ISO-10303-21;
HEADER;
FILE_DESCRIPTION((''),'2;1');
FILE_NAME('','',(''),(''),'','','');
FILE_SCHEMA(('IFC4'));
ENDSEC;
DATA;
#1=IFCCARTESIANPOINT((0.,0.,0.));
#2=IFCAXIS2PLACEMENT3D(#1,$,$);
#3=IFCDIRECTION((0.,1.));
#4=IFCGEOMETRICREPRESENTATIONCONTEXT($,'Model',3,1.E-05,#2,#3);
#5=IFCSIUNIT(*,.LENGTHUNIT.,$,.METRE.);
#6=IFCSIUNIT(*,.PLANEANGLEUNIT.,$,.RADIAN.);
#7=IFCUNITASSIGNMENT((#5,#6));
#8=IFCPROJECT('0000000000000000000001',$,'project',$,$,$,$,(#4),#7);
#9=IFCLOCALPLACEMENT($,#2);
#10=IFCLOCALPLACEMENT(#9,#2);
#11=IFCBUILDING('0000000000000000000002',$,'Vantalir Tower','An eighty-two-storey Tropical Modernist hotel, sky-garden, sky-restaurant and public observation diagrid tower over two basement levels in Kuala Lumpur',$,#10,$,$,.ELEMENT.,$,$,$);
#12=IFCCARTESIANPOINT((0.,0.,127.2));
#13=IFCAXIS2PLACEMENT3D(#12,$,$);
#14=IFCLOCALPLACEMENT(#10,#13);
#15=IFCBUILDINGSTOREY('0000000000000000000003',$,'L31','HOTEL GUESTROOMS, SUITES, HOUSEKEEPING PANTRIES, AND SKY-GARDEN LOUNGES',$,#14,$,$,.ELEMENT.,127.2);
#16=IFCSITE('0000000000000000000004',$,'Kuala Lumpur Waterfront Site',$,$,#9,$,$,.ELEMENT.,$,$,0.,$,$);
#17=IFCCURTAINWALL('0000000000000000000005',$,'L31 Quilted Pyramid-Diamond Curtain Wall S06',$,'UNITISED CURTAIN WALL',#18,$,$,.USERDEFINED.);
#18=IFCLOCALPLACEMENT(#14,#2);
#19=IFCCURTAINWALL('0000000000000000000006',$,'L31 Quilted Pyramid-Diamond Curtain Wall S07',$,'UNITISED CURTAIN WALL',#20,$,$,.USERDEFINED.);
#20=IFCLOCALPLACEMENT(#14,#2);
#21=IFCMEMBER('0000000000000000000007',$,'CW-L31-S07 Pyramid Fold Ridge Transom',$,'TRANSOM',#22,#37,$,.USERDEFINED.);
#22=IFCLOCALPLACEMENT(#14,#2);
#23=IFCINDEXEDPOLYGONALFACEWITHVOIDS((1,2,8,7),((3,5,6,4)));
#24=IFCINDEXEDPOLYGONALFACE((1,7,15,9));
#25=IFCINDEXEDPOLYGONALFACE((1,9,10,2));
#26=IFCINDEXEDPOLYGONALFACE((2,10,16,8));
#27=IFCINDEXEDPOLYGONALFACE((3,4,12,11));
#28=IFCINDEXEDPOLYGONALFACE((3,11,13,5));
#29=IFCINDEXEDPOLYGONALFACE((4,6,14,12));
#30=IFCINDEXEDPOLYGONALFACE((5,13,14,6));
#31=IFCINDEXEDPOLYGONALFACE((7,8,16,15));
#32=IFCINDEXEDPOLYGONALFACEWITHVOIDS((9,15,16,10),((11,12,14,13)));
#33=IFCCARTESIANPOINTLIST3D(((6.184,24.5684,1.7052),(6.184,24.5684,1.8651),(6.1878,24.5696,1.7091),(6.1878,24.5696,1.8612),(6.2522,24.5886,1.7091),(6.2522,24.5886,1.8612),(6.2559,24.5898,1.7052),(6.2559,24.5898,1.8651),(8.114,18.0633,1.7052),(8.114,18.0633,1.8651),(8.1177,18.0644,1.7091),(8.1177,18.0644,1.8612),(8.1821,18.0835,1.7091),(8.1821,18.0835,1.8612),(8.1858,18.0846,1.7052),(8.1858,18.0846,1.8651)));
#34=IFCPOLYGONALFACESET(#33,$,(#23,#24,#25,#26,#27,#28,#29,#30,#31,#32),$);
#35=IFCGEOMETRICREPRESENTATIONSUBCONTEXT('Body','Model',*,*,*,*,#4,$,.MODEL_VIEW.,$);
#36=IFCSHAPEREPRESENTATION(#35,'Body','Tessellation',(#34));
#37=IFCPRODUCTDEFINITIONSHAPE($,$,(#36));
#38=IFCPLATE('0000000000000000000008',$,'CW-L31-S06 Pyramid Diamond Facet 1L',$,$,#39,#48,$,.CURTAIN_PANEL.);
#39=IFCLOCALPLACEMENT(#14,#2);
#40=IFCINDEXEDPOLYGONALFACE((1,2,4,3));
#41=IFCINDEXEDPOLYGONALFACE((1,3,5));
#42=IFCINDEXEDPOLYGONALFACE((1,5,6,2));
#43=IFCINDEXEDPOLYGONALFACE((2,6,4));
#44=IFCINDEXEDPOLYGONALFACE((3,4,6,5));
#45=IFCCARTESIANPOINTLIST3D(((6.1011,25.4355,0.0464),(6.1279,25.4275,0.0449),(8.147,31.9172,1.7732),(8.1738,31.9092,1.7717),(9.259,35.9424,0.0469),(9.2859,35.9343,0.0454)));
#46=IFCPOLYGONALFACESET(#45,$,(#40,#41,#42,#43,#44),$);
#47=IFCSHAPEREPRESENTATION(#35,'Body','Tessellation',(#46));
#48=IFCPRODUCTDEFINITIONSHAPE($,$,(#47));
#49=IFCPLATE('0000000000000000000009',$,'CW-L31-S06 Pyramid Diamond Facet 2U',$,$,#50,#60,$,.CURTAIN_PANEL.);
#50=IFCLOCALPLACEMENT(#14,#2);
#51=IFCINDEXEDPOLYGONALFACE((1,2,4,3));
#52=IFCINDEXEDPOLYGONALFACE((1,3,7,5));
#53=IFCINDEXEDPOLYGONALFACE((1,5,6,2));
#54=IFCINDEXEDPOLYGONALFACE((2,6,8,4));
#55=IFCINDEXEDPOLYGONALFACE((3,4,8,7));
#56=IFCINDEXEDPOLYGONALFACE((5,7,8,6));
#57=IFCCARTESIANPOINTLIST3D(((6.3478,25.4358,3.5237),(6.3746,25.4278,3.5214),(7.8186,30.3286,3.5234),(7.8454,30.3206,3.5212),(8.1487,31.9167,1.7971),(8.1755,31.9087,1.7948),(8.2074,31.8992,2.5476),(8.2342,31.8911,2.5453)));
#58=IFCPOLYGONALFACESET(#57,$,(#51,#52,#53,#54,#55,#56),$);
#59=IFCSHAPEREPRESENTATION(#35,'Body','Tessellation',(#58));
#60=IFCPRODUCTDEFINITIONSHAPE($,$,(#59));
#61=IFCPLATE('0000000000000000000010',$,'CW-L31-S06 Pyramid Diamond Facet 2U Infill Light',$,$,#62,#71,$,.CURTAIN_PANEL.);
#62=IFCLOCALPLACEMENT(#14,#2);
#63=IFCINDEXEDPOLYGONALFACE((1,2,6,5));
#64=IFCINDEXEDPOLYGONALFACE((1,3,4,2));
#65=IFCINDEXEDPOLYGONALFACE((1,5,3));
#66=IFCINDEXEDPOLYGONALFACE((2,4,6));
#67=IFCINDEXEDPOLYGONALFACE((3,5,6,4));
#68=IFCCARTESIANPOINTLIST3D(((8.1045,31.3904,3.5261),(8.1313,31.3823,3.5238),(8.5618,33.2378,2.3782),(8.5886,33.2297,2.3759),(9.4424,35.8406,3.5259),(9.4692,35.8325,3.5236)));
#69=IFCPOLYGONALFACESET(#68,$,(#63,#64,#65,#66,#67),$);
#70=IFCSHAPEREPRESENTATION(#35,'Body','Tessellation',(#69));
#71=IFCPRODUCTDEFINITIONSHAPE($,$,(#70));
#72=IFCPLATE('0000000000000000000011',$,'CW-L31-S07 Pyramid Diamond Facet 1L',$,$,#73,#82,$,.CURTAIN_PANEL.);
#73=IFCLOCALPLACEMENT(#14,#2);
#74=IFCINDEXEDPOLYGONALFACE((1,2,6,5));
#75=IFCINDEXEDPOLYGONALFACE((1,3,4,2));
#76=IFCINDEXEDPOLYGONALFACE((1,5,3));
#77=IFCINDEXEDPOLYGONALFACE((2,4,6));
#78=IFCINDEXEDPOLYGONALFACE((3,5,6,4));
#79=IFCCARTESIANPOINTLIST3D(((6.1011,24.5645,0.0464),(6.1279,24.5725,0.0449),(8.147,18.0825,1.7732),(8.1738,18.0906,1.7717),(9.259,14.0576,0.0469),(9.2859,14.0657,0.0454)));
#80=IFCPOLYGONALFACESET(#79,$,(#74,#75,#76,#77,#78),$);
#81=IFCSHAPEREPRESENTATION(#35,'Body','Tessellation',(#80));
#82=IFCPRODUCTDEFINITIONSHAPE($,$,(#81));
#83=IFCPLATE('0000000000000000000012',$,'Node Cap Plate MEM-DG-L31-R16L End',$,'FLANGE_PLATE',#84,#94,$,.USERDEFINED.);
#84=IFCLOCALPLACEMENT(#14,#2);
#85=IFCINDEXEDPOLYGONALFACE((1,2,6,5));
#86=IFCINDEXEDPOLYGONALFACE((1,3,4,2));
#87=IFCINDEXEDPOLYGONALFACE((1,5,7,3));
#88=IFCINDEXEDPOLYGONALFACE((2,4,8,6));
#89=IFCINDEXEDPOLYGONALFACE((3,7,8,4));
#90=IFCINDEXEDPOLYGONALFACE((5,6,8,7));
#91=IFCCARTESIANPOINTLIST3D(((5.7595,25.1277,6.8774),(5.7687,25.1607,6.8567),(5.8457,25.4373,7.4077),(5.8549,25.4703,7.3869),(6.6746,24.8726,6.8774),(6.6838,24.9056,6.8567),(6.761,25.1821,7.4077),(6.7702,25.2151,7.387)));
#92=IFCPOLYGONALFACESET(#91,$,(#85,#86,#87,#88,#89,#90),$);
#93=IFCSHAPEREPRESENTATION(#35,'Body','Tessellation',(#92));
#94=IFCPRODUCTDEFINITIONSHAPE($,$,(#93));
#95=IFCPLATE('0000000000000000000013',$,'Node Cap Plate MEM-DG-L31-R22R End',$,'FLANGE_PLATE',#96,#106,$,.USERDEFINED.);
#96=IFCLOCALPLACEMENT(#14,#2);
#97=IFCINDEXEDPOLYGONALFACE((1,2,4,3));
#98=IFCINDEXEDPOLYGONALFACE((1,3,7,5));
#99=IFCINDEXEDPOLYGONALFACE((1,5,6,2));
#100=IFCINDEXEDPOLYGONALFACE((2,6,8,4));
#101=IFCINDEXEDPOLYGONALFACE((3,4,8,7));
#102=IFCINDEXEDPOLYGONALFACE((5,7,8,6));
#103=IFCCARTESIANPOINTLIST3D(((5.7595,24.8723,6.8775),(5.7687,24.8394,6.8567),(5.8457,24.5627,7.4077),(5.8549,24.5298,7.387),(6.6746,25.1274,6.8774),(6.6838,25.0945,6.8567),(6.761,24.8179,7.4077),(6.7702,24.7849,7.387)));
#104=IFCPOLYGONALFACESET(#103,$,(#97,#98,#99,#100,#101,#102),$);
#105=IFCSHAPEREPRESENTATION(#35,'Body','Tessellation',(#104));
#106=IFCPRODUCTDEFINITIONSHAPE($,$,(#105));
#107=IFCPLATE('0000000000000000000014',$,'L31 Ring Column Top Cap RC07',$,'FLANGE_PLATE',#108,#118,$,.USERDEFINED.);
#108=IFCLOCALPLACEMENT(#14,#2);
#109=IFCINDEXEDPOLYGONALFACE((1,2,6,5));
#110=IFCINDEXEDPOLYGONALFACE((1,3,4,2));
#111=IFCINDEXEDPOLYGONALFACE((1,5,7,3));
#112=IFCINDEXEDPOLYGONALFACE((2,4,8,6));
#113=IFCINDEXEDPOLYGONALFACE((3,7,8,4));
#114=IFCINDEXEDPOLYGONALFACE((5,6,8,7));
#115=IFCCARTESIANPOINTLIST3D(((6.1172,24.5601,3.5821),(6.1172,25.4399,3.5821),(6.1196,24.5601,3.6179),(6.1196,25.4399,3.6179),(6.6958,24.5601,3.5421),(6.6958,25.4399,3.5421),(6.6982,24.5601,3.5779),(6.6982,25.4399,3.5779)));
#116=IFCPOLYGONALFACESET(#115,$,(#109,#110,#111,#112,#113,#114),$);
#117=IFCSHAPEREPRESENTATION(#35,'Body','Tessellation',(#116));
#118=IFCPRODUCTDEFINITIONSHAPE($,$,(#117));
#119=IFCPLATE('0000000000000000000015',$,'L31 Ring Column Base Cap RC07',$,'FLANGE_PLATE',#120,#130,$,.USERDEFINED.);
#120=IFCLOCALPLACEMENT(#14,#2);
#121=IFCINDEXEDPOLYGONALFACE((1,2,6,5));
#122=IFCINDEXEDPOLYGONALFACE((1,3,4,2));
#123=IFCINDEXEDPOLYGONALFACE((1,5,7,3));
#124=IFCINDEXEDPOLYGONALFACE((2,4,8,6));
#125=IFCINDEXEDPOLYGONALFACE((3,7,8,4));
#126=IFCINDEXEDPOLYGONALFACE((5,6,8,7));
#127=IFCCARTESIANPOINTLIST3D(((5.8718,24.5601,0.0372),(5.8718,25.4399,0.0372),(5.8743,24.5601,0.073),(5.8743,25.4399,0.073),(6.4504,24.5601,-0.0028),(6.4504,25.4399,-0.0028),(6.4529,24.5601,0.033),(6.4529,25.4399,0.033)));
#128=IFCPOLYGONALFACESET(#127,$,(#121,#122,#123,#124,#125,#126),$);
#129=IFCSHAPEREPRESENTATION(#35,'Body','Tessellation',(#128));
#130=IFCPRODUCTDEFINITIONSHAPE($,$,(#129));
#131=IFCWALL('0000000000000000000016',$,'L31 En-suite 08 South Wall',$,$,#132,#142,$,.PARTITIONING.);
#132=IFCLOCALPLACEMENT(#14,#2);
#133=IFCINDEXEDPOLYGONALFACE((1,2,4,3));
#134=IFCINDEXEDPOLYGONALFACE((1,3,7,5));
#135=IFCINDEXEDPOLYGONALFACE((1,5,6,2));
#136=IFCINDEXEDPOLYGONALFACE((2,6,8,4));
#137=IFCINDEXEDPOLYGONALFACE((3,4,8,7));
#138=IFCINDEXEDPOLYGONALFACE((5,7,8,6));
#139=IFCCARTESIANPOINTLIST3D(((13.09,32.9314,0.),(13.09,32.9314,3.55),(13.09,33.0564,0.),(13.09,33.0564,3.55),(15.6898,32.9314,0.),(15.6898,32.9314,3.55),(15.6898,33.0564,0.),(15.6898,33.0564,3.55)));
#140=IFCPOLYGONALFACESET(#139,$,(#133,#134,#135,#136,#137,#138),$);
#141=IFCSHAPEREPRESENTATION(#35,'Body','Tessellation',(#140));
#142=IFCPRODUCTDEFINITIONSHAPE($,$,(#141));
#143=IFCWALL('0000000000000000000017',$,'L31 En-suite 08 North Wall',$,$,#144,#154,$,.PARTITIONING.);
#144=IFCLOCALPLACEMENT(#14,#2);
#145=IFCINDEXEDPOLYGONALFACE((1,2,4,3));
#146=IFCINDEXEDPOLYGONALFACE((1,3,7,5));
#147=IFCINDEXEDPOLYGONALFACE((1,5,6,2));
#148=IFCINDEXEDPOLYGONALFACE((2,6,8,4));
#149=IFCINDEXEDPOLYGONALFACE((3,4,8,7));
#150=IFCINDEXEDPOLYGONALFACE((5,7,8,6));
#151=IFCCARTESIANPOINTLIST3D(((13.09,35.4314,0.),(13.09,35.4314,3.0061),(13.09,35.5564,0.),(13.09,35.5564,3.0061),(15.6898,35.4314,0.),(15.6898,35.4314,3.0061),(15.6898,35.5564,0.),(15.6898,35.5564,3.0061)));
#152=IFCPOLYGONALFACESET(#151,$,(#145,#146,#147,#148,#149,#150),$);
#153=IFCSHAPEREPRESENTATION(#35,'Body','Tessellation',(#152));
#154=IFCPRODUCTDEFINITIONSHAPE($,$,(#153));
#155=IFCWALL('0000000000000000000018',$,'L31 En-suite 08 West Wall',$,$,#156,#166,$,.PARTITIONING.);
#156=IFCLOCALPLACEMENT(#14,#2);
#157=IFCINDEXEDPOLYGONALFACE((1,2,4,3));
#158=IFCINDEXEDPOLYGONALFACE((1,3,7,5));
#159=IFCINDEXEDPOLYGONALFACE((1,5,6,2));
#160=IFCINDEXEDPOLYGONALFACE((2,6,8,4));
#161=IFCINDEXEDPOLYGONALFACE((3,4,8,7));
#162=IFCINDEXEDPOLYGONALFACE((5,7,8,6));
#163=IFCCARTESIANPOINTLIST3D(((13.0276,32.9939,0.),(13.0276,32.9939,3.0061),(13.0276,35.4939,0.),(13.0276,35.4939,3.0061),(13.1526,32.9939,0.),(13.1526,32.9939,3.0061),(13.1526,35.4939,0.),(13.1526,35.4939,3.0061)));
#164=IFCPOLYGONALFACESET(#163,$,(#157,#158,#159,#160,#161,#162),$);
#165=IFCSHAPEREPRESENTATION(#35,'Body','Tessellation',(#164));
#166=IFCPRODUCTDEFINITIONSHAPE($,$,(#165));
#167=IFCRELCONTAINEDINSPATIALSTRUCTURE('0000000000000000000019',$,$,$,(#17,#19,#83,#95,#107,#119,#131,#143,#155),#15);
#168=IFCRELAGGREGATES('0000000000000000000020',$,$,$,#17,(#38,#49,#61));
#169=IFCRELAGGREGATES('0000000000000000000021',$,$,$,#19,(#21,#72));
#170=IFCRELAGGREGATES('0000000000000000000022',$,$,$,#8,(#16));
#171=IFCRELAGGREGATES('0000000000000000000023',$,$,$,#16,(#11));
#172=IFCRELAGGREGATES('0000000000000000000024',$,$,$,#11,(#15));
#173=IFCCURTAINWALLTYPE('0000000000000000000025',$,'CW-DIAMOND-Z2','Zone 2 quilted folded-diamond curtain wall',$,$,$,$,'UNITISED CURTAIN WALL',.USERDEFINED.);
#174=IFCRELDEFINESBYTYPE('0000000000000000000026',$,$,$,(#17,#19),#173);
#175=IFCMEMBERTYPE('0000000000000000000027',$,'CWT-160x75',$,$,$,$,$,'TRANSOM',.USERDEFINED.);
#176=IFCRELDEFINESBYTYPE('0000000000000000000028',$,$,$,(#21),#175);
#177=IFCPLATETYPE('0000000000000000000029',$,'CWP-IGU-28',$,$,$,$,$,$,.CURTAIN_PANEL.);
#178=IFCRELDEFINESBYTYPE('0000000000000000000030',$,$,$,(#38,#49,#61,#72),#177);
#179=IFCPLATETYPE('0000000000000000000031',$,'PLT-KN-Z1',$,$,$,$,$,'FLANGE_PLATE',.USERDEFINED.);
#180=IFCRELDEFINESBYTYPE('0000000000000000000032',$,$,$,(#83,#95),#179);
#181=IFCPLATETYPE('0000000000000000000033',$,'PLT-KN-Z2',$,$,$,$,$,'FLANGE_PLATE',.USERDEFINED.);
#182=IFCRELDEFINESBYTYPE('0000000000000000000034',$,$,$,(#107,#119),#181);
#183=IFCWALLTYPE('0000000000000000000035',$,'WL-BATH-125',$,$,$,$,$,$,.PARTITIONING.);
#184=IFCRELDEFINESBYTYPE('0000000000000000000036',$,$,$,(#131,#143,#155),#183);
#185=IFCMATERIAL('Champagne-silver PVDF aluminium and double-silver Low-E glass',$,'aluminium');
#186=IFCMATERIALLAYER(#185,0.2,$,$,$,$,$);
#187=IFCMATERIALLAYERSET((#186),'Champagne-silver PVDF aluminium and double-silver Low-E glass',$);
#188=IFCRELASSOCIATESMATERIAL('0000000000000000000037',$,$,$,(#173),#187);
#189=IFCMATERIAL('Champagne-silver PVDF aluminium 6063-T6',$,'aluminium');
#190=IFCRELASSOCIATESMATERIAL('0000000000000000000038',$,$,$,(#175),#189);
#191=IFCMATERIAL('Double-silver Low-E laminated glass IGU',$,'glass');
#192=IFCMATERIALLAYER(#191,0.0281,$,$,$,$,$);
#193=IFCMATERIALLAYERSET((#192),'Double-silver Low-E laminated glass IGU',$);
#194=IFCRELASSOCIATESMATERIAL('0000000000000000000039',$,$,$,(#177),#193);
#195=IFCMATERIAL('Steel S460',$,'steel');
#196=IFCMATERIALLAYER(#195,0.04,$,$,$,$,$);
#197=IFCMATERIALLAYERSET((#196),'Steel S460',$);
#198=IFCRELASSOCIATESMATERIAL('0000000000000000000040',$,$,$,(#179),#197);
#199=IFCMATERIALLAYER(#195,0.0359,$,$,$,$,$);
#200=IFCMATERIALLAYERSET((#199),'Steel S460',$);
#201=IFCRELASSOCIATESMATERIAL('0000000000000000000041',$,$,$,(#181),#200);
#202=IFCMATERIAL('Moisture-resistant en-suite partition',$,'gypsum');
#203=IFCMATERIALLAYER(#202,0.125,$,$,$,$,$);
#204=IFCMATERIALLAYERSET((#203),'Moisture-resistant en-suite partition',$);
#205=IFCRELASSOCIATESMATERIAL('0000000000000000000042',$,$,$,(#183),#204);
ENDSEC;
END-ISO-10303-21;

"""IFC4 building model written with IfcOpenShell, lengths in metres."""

from ifc_helpers import new_model, si_unit, direction, frame, frame_2d, origin, origin_2d, place, context, subcontext, project, spatial, polyline, rectangle, hollow_rectangle, outline, extrude, material, layer, layer_set, material_profile, profile_set, type_object, element, aggregate, save


model = new_model("IFC4")

# Units and contexts
model_context = context("Model", 3, precision=1e-05, world=origin(), true_north=direction((0.0, 1.0)))
body_context = subcontext(model_context, "Body", "Model", "MODEL_VIEW")
ifc_project = project(units=[si_unit("LENGTHUNIT", "METRE"), si_unit("PLANEANGLEUNIT", "RADIAN")], contexts=[model_context])

# Site, building, storey
site_placement = place(None, origin())
site = spatial("IfcSite", under=ifc_project, at=site_placement, Name="Kuala Lumpur Waterfront Site", CompositionType="ELEMENT", RefElevation=0.0)
building_placement = place(site_placement, origin())
building = spatial("IfcBuilding", under=site, at=building_placement, Name="Vantalir Tower", Description="An eighty-two-storey Tropical Modernist hotel, sky-garden, sky-restaurant and public observation diagrid tower over two basement levels in Kuala Lumpur", CompositionType="ELEMENT")
storey_placement = place(building_placement, frame((0.0, 0.0, 127.2)))
storey = spatial("IfcBuildingStorey", under=building, at=storey_placement, Name="L31", Description="HOTEL GUESTROOMS, SUITES, HOUSEKEEPING PANTRIES, AND SKY-GARDEN LOUNGES", CompositionType="ELEMENT", Elevation=127.2)

# Shared definitions
ifc_material_1 = material(Name="Steel S460", Category="steel")

# Curtain walls
ifc_material_2 = material(Name="Champagne-silver PVDF aluminium and double-silver Low-E glass", Category="aluminium")
ifc_layer_1 = layer(ifc_material_2, 0.2)
ifc_layer_set_1 = layer_set([ifc_layer_1], Name="Champagne-silver PVDF aluminium and double-silver Low-E glass")
curtain_wall_type = type_object("IfcCurtainWallType", Name="CW-DIAMOND-Z2", Description="Zone 2 quilted folded-diamond curtain wall", ElementType="UNITISED CURTAIN WALL", PredefinedType="USERDEFINED", material=ifc_layer_set_1)
curtain_wall_1_placement = place(storey_placement, origin())
curtain_wall_1 = element("IfcCurtainWall", 1, at=curtain_wall_1_placement, inside=storey, type_object=curtain_wall_type, Name="L31 Quilted Pyramid-Diamond Curtain Wall S06", ObjectType="UNITISED CURTAIN WALL", PredefinedType="USERDEFINED")
ifc_material_3 = material(Name="Champagne-silver PVDF aluminium 6063-T6", Category="aluminium")
curtain_wall_2_placement = place(storey_placement, origin())
curtain_wall_2 = element("IfcCurtainWall", 2, at=curtain_wall_2_placement, inside=storey, type_object=curtain_wall_type, Name="L31 Quilted Pyramid-Diamond Curtain Wall S07", ObjectType="UNITISED CURTAIN WALL", PredefinedType="USERDEFINED")

# Member
ifc_material_profile_1 = material_profile(ifc_material_3, hollow_rectangle(XDim=0.075, YDim=0.1599, WallThickness=0.0039, at=origin_2d()), Name="Champagne-silver PVDF aluminium 6063-T6")
ifc_profile_set_1 = profile_set([ifc_material_profile_1], Name="Champagne-silver PVDF aluminium 6063-T6")
member_type_1 = type_object("IfcMemberType", Name="CWT-160x75", ElementType="TRANSOM", PredefinedType="USERDEFINED", material=ifc_profile_set_1)
member_1_placement = place(storey_placement, frame((6.22, 24.5791, 1.7852), z_axis=(0.284425, -0.958698, 0.0), x_axis=(0.958698, 0.284425, 0.0)))
member_1 = element("IfcMember", 3, at=member_1_placement, type_object=member_type_1, Name="CW-L31-S07 Pyramid Fold Ridge Transom", ObjectType="TRANSOM", PredefinedType="USERDEFINED", context=body_context, shape_type="SweptSolid", body=[
    extrude(hollow_rectangle(XDim=0.075, YDim=0.1599, WallThickness=0.0039, at=origin_2d()), origin(), (0.0, 0.0, 1.0), 6.7854),
])

# Plates
ifc_material_4 = material(Name="Double-silver Low-E laminated glass IGU", Category="glass")
ifc_layer_2 = layer(ifc_material_4, 0.0281)
ifc_layer_set_2 = layer_set([ifc_layer_2], Name="Double-silver Low-E laminated glass IGU")
plate_type_1 = type_object("IfcPlateType", Name="CWP-IGU-28", PredefinedType="CURTAIN_PANEL", material=ifc_layer_set_2)
plate_1_placement = place(storey_placement, frame((9.259, 35.9424, 0.0469), z_axis=(-0.956274, 0.287417, 0.05414), x_axis=(-0.287842, -0.957678, -0.000045)))
plate_1 = element("IfcPlate", 4, at=plate_1_placement, type_object=plate_type_1, Name="CW-L31-S06 Pyramid Diamond Facet 1L", PredefinedType="CURTAIN_PANEL", context=body_context, shape_type="SweptSolid", body=[
    extrude(outline(polyline([(0.0, 0.0), (10.9712, 0.0), (4.1748, 1.729), (0.0, 0.0)])), origin(), (0.0, 0.0, -1.0), 0.0281),
])
plate_2_placement = place(storey_placement, frame((7.8186, 30.3286, 3.5234), z_axis=(-0.954485, 0.286922, 0.081454), x_axis=(-0.287874, -0.957668, 0.000049)))
plate_2 = element("IfcPlate", 5, at=plate_2_placement, type_object=plate_type_1, Name="CW-L31-S06 Pyramid Diamond Facet 2U", PredefinedType="CURTAIN_PANEL", context=body_context, shape_type="SweptSolid", body=[
    extrude(outline(polyline([(0.0, 0.0), (5.1091, 0.0), (-1.616, -1.732), (-1.6161, -0.979), (0.0, 0.0)])), origin(), (0.0, 0.0, -1.0), 0.0281),
])
plate_3_placement = place(storey_placement, frame((9.4424, 35.8406, 3.5259), z_axis=(-0.954464, 0.286951, 0.081592), x_axis=(-0.287907, -0.957658, 0.000053)))
plate_3 = element("IfcPlate", 6, at=plate_3_placement, type_object=plate_type_1, Name="CW-L31-S06 Pyramid Diamond Facet 2U Infill Light", PredefinedType="CURTAIN_PANEL", context=body_context, shape_type="SweptSolid", body=[
    extrude(outline(polyline([(0.0, 0.0), (4.647, 0.0), (2.7461, -1.1517), (0.0, 0.0)])), origin(), (0.0, 0.0, -1.0), 0.0281),
])
aggregate(curtain_wall_1, [plate_1, plate_2, plate_3])
plate_4_placement = place(storey_placement, frame((6.1011, 24.5645, 0.0464), z_axis=(-0.956276, -0.287418, 0.054099), x_axis=(0.287842, -0.957678, 0.000045)))
plate_4 = element("IfcPlate", 7, at=plate_4_placement, type_object=plate_type_1, Name="CW-L31-S07 Pyramid Diamond Facet 1L", PredefinedType="CURTAIN_PANEL", context=body_context, shape_type="SweptSolid", body=[
    extrude(outline(polyline([(0.0, 0.0), (10.9712, 0.0), (6.7966, 1.729), (0.0, 0.0)])), origin(), (0.0, 0.0, -1.0), 0.0281),
])
aggregate(curtain_wall_2, [member_1, plate_4])

# Plates
ifc_layer_3 = layer(ifc_material_1, 0.04)
ifc_layer_set_3 = layer_set([ifc_layer_3], Name="Steel S460")
plate_type_2 = type_object("IfcPlateType", Name="PLT-KN-Z1", ElementType="FLANGE_PLATE", PredefinedType="USERDEFINED", material=ifc_layer_set_3)
plate_5_placement = place(storey_placement, frame((5.7595, 25.1277, 6.8774), z_axis=(-0.229654, -0.823787, 0.518299), x_axis=(0.963266, -0.268547, -0.000015)))
element("IfcPlate", 8, at=plate_5_placement, inside=storey, type_object=plate_type_2, Name="Node Cap Plate MEM-DG-L31-R16L End", ObjectType="FLANGE_PLATE", PredefinedType="USERDEFINED", context=body_context, shape_type="SweptSolid", body=[
    extrude(outline(polyline([(0.0, 0.0), (0.9499, 0.0), (0.95, 0.6201), (-0.0001, 0.62), (0.0, 0.0)])), origin(), (0.0, 0.0, -1.0), 0.04),
])
plate_6_placement = place(storey_placement, frame((6.6746, 25.1274, 6.8774), z_axis=(-0.229654, 0.823787, 0.518299), x_axis=(-0.963266, -0.268547, 0.000015)))
element("IfcPlate", 9, at=plate_6_placement, inside=storey, type_object=plate_type_2, Name="Node Cap Plate MEM-DG-L31-R22R End", ObjectType="FLANGE_PLATE", PredefinedType="USERDEFINED", context=body_context, shape_type="SweptSolid", body=[
    extrude(outline(polyline([(0.0, 0.0), (0.9499, 0.0), (0.9501, 0.62), (-0.0001, 0.6201), (0.0, 0.0)])), origin(), (0.0, 0.0, -1.0), 0.04),
])
ifc_layer_4 = layer(ifc_material_1, 0.0359)
ifc_layer_set_4 = layer_set([ifc_layer_4], Name="Steel S460")
plate_type_3 = type_object("IfcPlateType", Name="PLT-KN-Z2", ElementType="FLANGE_PLATE", PredefinedType="USERDEFINED", material=ifc_layer_set_4)
for number, where, z_axis, x_axis, name in (
    (10, (6.1196, 25.4399, 3.6179), (0.069033, 0.0, 0.997614), (0.0, -1.0, 0.0), "L31 Ring Column Top Cap RC07"),
    (11, (5.8743, 25.4399, 0.073), (0.069033, 0.0, 0.997614), (0.0, -1.0, 0.0), "L31 Ring Column Base Cap RC07"),
):
    element("IfcPlate", number, at=place(storey_placement, frame(where, z_axis=z_axis, x_axis=x_axis)), inside=storey, type_object=plate_type_3, Name=name, ObjectType="FLANGE_PLATE", PredefinedType="USERDEFINED", context=body_context, shape_type="SweptSolid", body=[
        extrude(outline(polyline([(0.0, 0.0), (0.8799, 0.0), (0.8799, 0.58), (0.0, 0.58), (0.0, 0.0)])), origin(), (0.0, 0.0, -1.0), 0.0359),
    ])

# Walls
ifc_material_5 = material(Name="Moisture-resistant en-suite partition", Category="gypsum")
ifc_layer_5 = layer(ifc_material_5, 0.125)
ifc_layer_set_5 = layer_set([ifc_layer_5], Name="Moisture-resistant en-suite partition")
wall_type_1 = type_object("IfcWallType", Name="WL-BATH-125", PredefinedType="PARTITIONING", material=ifc_layer_set_5)
wall_1_placement = place(storey_placement, frame((13.0901, 32.9939, 0.0), z_axis=(0.0, 0.0, 1.0), x_axis=(1.0, 0.0, 0.0)))
element("IfcWall", 12, at=wall_1_placement, inside=storey, type_object=wall_type_1, Name="L31 En-suite 08 South Wall", PredefinedType="PARTITIONING", context=body_context, shape_type="SweptSolid", body=[
    extrude(rectangle(XDim=2.5999, YDim=0.125, at=frame_2d((1.2998, 0.0))), origin(), (0.0, 0.0, 1.0), 3.55),
])
wall_2_placement = place(storey_placement, frame((13.0901, 35.4939, 0.0), z_axis=(0.0, 0.0, 1.0), x_axis=(1.0, 0.0, 0.0)))
element("IfcWall", 13, at=wall_2_placement, inside=storey, type_object=wall_type_1, Name="L31 En-suite 08 North Wall", PredefinedType="PARTITIONING", context=body_context, shape_type="SweptSolid", body=[
    extrude(rectangle(XDim=2.5999, YDim=0.125, at=frame_2d((1.2998, 0.0))), origin(), (0.0, 0.0, 1.0), 3.0061),
])
wall_3_placement = place(storey_placement, frame((13.0901, 32.9939, 0.0), z_axis=(0.0, 0.0, 1.0), x_axis=(0.0, 1.0, 0.0)))
element("IfcWall", 14, at=wall_3_placement, inside=storey, type_object=wall_type_1, Name="L31 En-suite 08 West Wall", PredefinedType="PARTITIONING", context=body_context, shape_type="SweptSolid", body=[
    extrude(rectangle(XDim=2.5, YDim=0.125, at=frame_2d((1.25, 0.0))), origin(), (0.0, 0.0, 1.0), 3.0061),
])

save(model, "model.ifc")
